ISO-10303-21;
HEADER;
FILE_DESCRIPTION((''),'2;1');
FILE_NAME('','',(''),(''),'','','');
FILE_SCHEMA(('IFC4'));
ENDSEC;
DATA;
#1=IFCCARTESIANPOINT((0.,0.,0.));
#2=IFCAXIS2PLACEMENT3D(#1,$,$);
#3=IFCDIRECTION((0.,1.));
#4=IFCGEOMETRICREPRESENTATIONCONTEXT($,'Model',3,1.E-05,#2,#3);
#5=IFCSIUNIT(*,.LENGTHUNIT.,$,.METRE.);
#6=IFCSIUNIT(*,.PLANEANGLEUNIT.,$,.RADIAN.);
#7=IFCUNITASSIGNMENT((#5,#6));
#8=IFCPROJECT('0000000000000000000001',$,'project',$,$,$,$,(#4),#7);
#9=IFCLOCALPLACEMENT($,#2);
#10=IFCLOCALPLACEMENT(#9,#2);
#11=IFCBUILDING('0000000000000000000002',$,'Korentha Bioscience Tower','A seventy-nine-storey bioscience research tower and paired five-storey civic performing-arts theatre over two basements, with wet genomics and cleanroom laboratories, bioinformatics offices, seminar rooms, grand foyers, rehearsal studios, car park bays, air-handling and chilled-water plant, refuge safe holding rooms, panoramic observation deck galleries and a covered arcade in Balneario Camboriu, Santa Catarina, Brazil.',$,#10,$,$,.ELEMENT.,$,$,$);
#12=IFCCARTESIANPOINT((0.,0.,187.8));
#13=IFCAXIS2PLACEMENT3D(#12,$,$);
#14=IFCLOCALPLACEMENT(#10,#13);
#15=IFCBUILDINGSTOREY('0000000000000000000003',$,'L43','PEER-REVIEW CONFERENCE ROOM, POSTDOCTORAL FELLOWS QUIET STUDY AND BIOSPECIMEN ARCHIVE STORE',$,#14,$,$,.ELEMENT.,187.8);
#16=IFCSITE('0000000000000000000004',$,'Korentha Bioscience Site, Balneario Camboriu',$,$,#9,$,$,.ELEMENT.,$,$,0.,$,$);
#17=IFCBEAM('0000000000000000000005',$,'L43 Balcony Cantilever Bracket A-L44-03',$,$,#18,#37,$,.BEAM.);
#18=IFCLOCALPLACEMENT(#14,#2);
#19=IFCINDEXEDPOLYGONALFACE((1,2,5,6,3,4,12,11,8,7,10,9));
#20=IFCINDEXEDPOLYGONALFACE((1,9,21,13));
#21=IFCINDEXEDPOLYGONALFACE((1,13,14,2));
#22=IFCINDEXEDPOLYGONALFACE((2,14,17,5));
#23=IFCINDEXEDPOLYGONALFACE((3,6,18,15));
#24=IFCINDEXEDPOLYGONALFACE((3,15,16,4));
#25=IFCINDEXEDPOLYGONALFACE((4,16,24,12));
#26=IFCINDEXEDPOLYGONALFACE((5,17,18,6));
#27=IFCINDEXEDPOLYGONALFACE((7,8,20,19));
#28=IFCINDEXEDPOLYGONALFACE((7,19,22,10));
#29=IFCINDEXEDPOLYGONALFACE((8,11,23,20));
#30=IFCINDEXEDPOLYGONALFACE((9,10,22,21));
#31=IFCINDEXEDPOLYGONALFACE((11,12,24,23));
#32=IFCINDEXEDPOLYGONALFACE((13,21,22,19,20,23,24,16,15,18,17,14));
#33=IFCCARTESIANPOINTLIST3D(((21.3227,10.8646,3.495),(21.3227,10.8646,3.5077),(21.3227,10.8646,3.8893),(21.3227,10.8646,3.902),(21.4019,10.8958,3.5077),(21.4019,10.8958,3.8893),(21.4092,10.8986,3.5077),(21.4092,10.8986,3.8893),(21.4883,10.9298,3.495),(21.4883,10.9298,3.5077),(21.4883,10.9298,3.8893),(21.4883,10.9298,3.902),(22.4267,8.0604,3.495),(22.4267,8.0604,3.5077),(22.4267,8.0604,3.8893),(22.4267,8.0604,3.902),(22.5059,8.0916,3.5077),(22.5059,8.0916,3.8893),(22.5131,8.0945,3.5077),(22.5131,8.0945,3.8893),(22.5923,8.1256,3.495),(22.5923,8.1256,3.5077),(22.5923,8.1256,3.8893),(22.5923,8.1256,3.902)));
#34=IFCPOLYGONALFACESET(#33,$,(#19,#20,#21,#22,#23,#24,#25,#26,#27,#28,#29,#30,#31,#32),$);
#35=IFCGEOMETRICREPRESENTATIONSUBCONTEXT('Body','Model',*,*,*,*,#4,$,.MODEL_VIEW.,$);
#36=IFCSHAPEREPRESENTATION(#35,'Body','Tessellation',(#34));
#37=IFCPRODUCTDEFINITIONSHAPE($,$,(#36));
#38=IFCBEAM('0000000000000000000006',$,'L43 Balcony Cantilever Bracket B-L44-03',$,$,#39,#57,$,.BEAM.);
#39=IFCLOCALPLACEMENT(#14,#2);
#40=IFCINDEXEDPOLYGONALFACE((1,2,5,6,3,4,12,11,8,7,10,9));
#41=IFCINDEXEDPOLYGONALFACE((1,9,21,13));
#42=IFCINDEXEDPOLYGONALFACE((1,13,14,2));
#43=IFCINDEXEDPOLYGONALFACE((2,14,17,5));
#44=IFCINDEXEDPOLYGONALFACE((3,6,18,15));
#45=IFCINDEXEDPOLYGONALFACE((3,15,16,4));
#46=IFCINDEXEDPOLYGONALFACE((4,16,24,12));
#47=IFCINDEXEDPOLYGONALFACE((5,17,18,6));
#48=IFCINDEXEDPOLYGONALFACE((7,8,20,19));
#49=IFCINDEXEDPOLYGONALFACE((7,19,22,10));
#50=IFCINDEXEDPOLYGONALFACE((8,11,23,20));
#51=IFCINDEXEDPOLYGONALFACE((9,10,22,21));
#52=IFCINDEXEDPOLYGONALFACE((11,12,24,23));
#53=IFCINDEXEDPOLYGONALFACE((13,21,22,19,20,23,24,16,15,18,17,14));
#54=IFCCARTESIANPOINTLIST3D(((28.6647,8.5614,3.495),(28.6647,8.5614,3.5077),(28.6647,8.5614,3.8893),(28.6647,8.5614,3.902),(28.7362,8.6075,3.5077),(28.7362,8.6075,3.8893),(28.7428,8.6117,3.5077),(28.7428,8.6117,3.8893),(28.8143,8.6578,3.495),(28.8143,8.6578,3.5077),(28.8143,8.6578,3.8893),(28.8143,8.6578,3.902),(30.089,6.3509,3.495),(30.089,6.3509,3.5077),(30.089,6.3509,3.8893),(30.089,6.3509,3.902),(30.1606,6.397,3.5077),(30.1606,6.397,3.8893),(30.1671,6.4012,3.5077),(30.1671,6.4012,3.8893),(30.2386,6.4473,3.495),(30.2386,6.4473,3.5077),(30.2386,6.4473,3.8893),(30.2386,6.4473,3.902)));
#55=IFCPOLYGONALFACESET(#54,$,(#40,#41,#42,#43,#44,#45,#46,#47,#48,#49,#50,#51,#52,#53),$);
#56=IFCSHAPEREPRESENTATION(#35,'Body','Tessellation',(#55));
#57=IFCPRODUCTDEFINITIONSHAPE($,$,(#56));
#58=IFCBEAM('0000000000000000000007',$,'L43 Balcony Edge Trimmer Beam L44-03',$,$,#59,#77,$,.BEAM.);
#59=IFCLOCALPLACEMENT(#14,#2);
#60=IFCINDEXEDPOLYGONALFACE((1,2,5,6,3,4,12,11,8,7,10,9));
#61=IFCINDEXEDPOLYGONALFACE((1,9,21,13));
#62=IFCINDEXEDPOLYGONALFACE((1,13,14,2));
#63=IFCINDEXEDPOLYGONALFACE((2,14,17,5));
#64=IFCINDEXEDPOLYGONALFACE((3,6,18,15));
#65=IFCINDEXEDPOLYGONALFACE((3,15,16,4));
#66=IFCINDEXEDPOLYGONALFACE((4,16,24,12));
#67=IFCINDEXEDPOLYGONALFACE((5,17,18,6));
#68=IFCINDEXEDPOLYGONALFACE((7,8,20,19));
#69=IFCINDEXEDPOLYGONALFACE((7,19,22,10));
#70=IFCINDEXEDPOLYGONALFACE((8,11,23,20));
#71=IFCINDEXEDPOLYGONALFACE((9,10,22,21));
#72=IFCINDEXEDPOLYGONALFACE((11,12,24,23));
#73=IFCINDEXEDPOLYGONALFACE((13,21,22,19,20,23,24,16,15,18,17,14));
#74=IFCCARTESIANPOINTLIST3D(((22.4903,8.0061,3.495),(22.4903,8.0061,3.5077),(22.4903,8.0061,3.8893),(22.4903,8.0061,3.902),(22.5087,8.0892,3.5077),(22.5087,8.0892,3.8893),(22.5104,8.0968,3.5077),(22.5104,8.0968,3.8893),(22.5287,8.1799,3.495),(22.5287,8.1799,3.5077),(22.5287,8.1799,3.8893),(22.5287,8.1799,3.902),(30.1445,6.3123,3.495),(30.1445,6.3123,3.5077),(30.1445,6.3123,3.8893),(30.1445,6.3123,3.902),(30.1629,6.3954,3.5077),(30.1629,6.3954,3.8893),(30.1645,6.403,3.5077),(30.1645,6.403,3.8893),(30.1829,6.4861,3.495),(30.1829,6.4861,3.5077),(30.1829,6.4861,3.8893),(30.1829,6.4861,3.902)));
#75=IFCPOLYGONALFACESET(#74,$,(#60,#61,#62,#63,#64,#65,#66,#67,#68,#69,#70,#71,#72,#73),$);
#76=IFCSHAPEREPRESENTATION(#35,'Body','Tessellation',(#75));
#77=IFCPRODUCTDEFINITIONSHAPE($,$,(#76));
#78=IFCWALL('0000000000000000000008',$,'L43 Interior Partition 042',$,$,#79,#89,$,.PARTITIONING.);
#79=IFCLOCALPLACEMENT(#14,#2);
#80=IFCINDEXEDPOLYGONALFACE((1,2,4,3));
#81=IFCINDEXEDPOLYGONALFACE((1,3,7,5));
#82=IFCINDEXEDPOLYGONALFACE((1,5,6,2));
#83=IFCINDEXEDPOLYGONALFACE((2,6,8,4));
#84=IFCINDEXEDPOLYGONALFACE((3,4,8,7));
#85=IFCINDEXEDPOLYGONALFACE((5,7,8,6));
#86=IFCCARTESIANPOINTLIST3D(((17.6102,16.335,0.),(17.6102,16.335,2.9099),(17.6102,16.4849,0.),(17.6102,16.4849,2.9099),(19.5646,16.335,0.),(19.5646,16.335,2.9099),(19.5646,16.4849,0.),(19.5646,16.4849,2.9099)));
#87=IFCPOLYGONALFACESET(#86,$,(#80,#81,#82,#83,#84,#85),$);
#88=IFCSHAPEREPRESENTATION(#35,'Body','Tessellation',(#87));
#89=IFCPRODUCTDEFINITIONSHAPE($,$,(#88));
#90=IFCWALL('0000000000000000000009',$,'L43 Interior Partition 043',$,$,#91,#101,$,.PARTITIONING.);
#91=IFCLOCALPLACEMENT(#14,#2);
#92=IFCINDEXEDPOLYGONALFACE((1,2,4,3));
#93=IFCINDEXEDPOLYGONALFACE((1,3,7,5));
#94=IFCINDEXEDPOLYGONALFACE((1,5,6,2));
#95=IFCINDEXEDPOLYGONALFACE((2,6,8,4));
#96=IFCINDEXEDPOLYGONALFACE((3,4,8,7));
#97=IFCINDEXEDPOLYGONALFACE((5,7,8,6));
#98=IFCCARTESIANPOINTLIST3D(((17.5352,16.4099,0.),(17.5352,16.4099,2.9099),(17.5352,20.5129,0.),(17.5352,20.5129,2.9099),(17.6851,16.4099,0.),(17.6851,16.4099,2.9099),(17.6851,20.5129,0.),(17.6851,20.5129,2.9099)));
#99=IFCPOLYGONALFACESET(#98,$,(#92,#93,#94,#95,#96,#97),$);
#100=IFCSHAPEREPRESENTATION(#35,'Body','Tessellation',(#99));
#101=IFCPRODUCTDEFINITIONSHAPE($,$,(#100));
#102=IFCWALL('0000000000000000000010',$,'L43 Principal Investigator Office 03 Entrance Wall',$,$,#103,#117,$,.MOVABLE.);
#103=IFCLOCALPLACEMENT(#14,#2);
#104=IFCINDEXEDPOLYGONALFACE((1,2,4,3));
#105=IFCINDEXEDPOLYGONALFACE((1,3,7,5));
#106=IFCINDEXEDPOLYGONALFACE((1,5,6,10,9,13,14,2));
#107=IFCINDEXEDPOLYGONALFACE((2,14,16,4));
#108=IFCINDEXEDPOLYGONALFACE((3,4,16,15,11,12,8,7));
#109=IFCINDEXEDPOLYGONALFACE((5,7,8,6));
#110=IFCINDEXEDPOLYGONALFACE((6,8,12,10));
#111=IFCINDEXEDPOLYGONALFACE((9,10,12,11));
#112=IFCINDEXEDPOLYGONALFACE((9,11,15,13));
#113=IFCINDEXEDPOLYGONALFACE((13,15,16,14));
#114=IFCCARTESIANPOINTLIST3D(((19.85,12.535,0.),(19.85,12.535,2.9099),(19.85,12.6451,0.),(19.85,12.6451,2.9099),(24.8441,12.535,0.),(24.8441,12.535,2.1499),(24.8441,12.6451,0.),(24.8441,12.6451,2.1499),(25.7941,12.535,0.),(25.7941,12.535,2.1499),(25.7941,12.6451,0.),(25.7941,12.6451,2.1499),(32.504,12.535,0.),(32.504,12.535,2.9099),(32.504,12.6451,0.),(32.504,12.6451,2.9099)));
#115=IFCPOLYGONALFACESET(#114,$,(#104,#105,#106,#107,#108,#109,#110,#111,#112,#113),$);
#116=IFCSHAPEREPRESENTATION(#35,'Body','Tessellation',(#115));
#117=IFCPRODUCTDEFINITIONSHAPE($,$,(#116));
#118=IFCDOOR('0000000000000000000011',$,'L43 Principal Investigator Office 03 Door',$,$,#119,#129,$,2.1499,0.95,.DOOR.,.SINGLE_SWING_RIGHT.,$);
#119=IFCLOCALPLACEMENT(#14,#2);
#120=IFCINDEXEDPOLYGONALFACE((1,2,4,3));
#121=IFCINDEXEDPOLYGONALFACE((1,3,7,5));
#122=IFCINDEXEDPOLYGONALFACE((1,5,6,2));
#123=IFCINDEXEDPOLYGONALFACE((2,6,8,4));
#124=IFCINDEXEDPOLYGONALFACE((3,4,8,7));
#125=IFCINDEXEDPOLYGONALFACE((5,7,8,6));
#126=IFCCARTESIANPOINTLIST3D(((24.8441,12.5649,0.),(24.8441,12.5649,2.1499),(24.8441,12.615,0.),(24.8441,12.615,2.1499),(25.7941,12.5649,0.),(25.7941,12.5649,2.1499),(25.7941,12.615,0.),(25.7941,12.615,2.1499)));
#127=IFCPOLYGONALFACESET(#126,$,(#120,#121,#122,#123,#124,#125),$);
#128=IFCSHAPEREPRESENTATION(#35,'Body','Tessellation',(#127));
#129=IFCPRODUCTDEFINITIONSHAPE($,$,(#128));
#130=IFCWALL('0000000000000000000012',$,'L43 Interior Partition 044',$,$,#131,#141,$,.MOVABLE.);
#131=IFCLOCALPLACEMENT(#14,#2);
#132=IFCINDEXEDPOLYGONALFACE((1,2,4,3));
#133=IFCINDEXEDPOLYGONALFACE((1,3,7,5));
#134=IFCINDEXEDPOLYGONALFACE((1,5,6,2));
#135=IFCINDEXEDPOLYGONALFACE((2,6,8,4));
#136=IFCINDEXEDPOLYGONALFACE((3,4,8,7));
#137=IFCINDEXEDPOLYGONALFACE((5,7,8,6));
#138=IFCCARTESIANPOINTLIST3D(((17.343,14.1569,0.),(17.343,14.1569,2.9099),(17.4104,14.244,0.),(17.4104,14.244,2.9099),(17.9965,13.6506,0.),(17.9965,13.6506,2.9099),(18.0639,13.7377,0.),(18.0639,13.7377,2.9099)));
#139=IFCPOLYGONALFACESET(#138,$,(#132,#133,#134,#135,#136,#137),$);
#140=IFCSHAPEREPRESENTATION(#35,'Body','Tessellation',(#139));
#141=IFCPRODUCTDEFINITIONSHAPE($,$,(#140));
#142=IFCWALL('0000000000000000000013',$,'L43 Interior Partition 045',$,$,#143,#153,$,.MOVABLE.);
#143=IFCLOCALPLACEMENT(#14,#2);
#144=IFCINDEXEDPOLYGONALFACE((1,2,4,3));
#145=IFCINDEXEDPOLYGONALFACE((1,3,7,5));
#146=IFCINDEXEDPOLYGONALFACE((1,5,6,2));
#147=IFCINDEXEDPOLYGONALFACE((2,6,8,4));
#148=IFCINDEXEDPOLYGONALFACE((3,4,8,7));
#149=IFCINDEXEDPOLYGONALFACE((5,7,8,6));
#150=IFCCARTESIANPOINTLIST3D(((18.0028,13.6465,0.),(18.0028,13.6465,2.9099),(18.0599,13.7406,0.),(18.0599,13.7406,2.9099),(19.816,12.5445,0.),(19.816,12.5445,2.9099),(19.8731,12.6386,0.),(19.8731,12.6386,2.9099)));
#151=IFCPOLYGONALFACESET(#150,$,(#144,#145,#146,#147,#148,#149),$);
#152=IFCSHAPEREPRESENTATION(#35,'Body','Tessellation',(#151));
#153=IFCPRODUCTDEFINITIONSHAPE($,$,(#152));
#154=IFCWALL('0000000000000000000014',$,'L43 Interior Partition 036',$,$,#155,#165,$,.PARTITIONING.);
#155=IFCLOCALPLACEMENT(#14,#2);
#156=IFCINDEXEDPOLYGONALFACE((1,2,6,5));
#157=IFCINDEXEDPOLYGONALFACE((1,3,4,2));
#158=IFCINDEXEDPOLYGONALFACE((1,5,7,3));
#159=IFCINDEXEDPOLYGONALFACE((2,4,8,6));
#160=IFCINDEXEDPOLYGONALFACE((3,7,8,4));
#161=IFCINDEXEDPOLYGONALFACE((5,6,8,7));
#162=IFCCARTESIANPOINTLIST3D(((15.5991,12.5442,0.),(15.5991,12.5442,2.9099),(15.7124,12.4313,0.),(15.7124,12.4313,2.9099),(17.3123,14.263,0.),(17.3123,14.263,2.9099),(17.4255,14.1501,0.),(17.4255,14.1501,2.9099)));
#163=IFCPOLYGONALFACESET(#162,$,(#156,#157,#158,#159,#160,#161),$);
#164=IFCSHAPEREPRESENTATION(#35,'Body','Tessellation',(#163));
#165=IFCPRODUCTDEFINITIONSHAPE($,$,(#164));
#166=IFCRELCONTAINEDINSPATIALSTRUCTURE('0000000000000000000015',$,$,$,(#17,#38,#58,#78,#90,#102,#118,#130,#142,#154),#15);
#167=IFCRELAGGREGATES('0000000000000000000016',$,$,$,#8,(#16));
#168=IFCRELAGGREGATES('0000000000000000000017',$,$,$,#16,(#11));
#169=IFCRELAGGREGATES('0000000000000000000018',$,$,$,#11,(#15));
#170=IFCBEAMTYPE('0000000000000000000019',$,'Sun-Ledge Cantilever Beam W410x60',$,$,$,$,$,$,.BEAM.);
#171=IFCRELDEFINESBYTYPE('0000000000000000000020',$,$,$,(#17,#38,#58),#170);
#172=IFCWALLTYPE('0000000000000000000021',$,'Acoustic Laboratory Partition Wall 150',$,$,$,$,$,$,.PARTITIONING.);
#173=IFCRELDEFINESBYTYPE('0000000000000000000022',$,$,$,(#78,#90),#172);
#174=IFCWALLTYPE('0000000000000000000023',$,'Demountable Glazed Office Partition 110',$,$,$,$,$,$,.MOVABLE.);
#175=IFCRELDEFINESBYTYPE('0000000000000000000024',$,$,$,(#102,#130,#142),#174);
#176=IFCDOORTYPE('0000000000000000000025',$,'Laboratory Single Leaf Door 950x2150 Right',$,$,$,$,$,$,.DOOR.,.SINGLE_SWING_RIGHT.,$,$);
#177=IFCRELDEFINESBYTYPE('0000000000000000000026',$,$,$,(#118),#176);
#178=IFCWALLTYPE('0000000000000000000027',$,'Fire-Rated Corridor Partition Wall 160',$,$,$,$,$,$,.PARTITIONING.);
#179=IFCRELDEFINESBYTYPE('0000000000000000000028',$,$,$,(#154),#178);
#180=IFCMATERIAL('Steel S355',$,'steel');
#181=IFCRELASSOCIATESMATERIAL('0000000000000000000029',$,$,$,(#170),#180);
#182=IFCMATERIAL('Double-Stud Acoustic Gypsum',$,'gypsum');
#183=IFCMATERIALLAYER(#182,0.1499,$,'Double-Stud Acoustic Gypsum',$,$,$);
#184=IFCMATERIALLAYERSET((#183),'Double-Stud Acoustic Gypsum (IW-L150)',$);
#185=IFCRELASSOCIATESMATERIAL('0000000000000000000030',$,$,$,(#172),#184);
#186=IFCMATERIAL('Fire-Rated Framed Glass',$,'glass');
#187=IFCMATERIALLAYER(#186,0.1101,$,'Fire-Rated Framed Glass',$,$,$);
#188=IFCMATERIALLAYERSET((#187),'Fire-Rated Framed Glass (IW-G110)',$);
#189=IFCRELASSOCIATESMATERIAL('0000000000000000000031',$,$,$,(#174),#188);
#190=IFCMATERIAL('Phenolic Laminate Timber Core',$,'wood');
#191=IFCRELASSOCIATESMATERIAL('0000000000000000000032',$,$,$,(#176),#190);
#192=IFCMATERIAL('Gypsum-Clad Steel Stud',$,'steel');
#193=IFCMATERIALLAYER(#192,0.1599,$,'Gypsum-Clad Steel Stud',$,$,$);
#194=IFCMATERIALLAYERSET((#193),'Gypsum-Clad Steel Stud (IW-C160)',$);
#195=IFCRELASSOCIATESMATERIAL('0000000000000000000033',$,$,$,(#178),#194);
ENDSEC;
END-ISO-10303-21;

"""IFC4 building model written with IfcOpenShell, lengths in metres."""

from ifc_helpers import new_model, si_unit, direction, frame, frame_2d, origin, origin_2d, place, context, subcontext, project, spatial, rectangle, i_section, extrude, material, layer, layer_set, material_profile, profile_set, type_object, element, fill, save


model = new_model("IFC4")

# Units and contexts
model_context = context("Model", 3, precision=1e-05, world=origin(), true_north=direction((0.0, 1.0)))
body_context = subcontext(model_context, "Body", "Model", "MODEL_VIEW")
ifc_project = project(units=[si_unit("LENGTHUNIT", "METRE"), si_unit("PLANEANGLEUNIT", "RADIAN")], contexts=[model_context])

# Site, building, storey
site_placement = place(None, origin())
site = spatial("IfcSite", under=ifc_project, at=site_placement, Name="Korentha Bioscience Site, Balneario Camboriu", CompositionType="ELEMENT", RefElevation=0.0)
building_placement = place(site_placement, origin())
building = spatial("IfcBuilding", under=site, at=building_placement, Name="Korentha Bioscience Tower", Description="A seventy-nine-storey bioscience research tower and paired five-storey civic performing-arts theatre over two basements, with wet genomics and cleanroom laboratories, bioinformatics offices, seminar rooms, grand foyers, rehearsal studios, car park bays, air-handling and chilled-water plant, refuge safe holding rooms, panoramic observation deck galleries and a covered arcade in Balneario Camboriu, Santa Catarina, Brazil.", CompositionType="ELEMENT")
storey_placement = place(building_placement, frame((0.0, 0.0, 187.8)))
storey = spatial("IfcBuildingStorey", under=building, at=storey_placement, Name="L43", Description="PEER-REVIEW CONFERENCE ROOM, POSTDOCTORAL FELLOWS QUIET STUDY AND BIOSPECIMEN ARCHIVE STORE", CompositionType="ELEMENT", Elevation=187.8)

# Beams
ifc_material_1 = material(Name="Steel S355", Category="steel")
ifc_material_profile_1 = material_profile(ifc_material_1, i_section(OverallWidth=0.178, OverallDepth=0.407, WebThickness=0.0078, FlangeThickness=0.0127, at=origin_2d()), Name="Steel S355")
ifc_profile_set_1 = profile_set([ifc_material_profile_1], Name="Steel S355 (CB-410)")
beam_type_1 = type_object("IfcBeamType", Name="Sun-Ledge Cantilever Beam W410x60", PredefinedType="BEAM", material=ifc_profile_set_1)
beam_1_placement = place(storey_placement, frame((21.4055, 10.8972, 3.6985), z_axis=(0.366329, -0.930485, 0.0), x_axis=(0.930485, 0.366329, 0.0)))
element("IfcBeam", 1, at=beam_1_placement, inside=storey, type_object=beam_type_1, Name="L43 Balcony Cantilever Bracket A-L44-03", PredefinedType="BEAM", context=body_context, shape_type="SweptSolid", body=[
    extrude(i_section(OverallWidth=0.178, OverallDepth=0.407, WebThickness=0.0078, FlangeThickness=0.0127, at=origin_2d()), origin(), (0.0, 0.0, 1.0), 3.0137),
])
beam_2_placement = place(storey_placement, frame((28.7395, 8.6096, 3.6985), z_axis=(0.541649, -0.840605, 0.0), x_axis=(0.840605, 0.541649, 0.0)))
element("IfcBeam", 2, at=beam_2_placement, inside=storey, type_object=beam_type_1, Name="L43 Balcony Cantilever Bracket B-L44-03", PredefinedType="BEAM", context=body_context, shape_type="SweptSolid", body=[
    extrude(i_section(OverallWidth=0.178, OverallDepth=0.407, WebThickness=0.0078, FlangeThickness=0.0127, at=origin_2d()), origin(), (0.0, 0.0, 1.0), 2.6296),
])
beam_3_placement = place(storey_placement, frame((22.5095, 8.093, 3.6985), z_axis=(0.976379, -0.216066, 0.0), x_axis=(0.216066, 0.976379, 0.0)))
element("IfcBeam", 3, at=beam_3_placement, inside=storey, type_object=beam_type_1, Name="L43 Balcony Edge Trimmer Beam L44-03", PredefinedType="BEAM", context=body_context, shape_type="SweptSolid", body=[
    extrude(i_section(OverallWidth=0.178, OverallDepth=0.407, WebThickness=0.0078, FlangeThickness=0.0127, at=origin_2d()), origin(), (0.0, 0.0, 1.0), 7.8394),
])

# Walls
ifc_material_2 = material(Name="Double-Stud Acoustic Gypsum", Category="gypsum")
ifc_layer_1 = layer(ifc_material_2, 0.1499, Name="Double-Stud Acoustic Gypsum")
ifc_layer_set_1 = layer_set([ifc_layer_1], Name="Double-Stud Acoustic Gypsum (IW-L150)")
wall_type_1 = type_object("IfcWallType", Name="Acoustic Laboratory Partition Wall 150", PredefinedType="PARTITIONING", material=ifc_layer_set_1)
wall_1_placement = place(storey_placement, frame((19.5645, 16.4099, 0.0), z_axis=(0.0, 0.0, 1.0), x_axis=(-1.0, 0.0, 0.0)))
element("IfcWall", 4, at=wall_1_placement, inside=storey, type_object=wall_type_1, Name="L43 Interior Partition 042", PredefinedType="PARTITIONING", context=body_context, shape_type="SweptSolid", body=[
    extrude(rectangle(XDim=1.9543, YDim=0.1499, at=frame_2d((0.9771, 0.0))), origin(), (0.0, 0.0, 1.0), 2.9099),
])
wall_2_placement = place(storey_placement, frame((17.6101, 16.4099, 0.0), z_axis=(0.0, 0.0, 1.0), x_axis=(0.0, 1.0, 0.0)))
element("IfcWall", 5, at=wall_2_placement, inside=storey, type_object=wall_type_1, Name="L43 Interior Partition 043", PredefinedType="PARTITIONING", context=body_context, shape_type="SweptSolid", body=[
    extrude(rectangle(XDim=4.103, YDim=0.1499, at=frame_2d((2.0515, 0.0))), origin(), (0.0, 0.0, 1.0), 2.9099),
])

# Wall, opening, door
ifc_material_3 = material(Name="Fire-Rated Framed Glass", Category="glass")
ifc_layer_2 = layer(ifc_material_3, 0.1101, Name="Fire-Rated Framed Glass")
ifc_layer_set_2 = layer_set([ifc_layer_2], Name="Fire-Rated Framed Glass (IW-G110)")
wall_type_2 = type_object("IfcWallType", Name="Demountable Glazed Office Partition 110", PredefinedType="MOVABLE", material=ifc_layer_set_2)
wall_3_placement = place(storey_placement, frame((19.8499, 12.5901, 0.0), z_axis=(0.0, 0.0, 1.0), x_axis=(1.0, 0.0, 0.0)))
wall_3 = element("IfcWall", 6, at=wall_3_placement, inside=storey, type_object=wall_type_2, Name="L43 Principal Investigator Office 03 Entrance Wall", PredefinedType="MOVABLE", context=body_context, shape_type="SweptSolid", body=[
    extrude(rectangle(XDim=12.6541, YDim=0.1101, at=frame_2d((6.3271, 0.0))), origin(), (0.0, 0.0, 1.0), 2.9099),
])
opening_1_placement = place(wall_3_placement, frame((4.9941, 0.0, 0.0)))
opening_1 = element("IfcOpeningElement", 7, at=opening_1_placement, cuts=wall_3, PredefinedType="OPENING", context=body_context, shape_type="SweptSolid", body=[
    extrude(rectangle(XDim=0.95, YDim=2.1499, at=frame_2d((0.4751, 1.075))), frame((0.0, 0.0698, 0.0), z_axis=(0.0, -1.0, 0.0), x_axis=(1.0, 0.0, 0.0)), (0.0, 0.0, 1.0), 0.1399),
])
ifc_material_4 = material(Name="Phenolic Laminate Timber Core", Category="wood")
door_type = type_object("IfcDoorType", Name="Laboratory Single Leaf Door 950x2150 Right", OperationType="SINGLE_SWING_RIGHT", PredefinedType="DOOR", material=ifc_material_4)
door_placement = place(opening_1_placement, origin())
door = element("IfcDoor", 8, at=door_placement, inside=storey, type_object=door_type, Name="L43 Principal Investigator Office 03 Door", OperationType="SINGLE_SWING_RIGHT", OverallHeight=2.1499, OverallWidth=0.95, PredefinedType="DOOR", context=body_context, shape_type="SweptSolid", body=[
    extrude(rectangle(XDim=0.95, YDim=2.1499, at=frame_2d((0.4751, 1.075))), frame((0.0, 0.0249, 0.0), z_axis=(0.0, -1.0, 0.0), x_axis=(1.0, 0.0, 0.0)), (0.0, 0.0, 1.0), 0.05),
])
fill(opening_1, door)

# Walls
wall_4_placement = place(storey_placement, frame((17.3767, 14.2004, 0.0), z_axis=(0.0, 0.0, 1.0), x_axis=(0.790512, -0.612447, 0.0)))
element("IfcWall", 9, at=wall_4_placement, inside=storey, type_object=wall_type_2, Name="L43 Interior Partition 044", PredefinedType="MOVABLE", context=body_context, shape_type="SweptSolid", body=[
    extrude(rectangle(XDim=0.8267, YDim=0.1101, at=frame_2d((0.4133, 0.0))), origin(), (0.0, 0.0, 1.0), 2.9099),
])
wall_5_placement = place(storey_placement, frame((18.0312, 13.6936, 0.0), z_axis=(0.0, 0.0, 1.0), x_axis=(0.854545, -0.519377, 0.0)))
element("IfcWall", 10, at=wall_5_placement, inside=storey, type_object=wall_type_2, Name="L43 Interior Partition 045", PredefinedType="MOVABLE", context=body_context, shape_type="SweptSolid", body=[
    extrude(rectangle(XDim=2.1218, YDim=0.1101, at=frame_2d((1.061, 0.0))), origin(), (0.0, 0.0, 1.0), 2.9099),
])
ifc_material_5 = material(Name="Gypsum-Clad Steel Stud", Category="steel")
ifc_layer_3 = layer(ifc_material_5, 0.1599, Name="Gypsum-Clad Steel Stud")
ifc_layer_set_3 = layer_set([ifc_layer_3], Name="Gypsum-Clad Steel Stud (IW-C160)")
wall_type_3 = type_object("IfcWallType", Name="Fire-Rated Corridor Partition Wall 160", PredefinedType="PARTITIONING", material=ifc_layer_set_3)
wall_6_placement = place(storey_placement, frame((17.3689, 14.2065, 0.0), z_axis=(0.0, 0.0, 1.0), x_axis=(-0.705949, -0.708263, 0.0)))
element("IfcWall", 11, at=wall_6_placement, inside=storey, type_object=wall_type_3, Name="L43 Interior Partition 036", PredefinedType="PARTITIONING", context=body_context, shape_type="SweptSolid", body=[
    extrude(rectangle(XDim=2.4268, YDim=0.1599, at=frame_2d((1.2134, 0.0))), origin(), (0.0, 0.0, 1.0), 2.9099),
])

save(model, "model.ifc")
